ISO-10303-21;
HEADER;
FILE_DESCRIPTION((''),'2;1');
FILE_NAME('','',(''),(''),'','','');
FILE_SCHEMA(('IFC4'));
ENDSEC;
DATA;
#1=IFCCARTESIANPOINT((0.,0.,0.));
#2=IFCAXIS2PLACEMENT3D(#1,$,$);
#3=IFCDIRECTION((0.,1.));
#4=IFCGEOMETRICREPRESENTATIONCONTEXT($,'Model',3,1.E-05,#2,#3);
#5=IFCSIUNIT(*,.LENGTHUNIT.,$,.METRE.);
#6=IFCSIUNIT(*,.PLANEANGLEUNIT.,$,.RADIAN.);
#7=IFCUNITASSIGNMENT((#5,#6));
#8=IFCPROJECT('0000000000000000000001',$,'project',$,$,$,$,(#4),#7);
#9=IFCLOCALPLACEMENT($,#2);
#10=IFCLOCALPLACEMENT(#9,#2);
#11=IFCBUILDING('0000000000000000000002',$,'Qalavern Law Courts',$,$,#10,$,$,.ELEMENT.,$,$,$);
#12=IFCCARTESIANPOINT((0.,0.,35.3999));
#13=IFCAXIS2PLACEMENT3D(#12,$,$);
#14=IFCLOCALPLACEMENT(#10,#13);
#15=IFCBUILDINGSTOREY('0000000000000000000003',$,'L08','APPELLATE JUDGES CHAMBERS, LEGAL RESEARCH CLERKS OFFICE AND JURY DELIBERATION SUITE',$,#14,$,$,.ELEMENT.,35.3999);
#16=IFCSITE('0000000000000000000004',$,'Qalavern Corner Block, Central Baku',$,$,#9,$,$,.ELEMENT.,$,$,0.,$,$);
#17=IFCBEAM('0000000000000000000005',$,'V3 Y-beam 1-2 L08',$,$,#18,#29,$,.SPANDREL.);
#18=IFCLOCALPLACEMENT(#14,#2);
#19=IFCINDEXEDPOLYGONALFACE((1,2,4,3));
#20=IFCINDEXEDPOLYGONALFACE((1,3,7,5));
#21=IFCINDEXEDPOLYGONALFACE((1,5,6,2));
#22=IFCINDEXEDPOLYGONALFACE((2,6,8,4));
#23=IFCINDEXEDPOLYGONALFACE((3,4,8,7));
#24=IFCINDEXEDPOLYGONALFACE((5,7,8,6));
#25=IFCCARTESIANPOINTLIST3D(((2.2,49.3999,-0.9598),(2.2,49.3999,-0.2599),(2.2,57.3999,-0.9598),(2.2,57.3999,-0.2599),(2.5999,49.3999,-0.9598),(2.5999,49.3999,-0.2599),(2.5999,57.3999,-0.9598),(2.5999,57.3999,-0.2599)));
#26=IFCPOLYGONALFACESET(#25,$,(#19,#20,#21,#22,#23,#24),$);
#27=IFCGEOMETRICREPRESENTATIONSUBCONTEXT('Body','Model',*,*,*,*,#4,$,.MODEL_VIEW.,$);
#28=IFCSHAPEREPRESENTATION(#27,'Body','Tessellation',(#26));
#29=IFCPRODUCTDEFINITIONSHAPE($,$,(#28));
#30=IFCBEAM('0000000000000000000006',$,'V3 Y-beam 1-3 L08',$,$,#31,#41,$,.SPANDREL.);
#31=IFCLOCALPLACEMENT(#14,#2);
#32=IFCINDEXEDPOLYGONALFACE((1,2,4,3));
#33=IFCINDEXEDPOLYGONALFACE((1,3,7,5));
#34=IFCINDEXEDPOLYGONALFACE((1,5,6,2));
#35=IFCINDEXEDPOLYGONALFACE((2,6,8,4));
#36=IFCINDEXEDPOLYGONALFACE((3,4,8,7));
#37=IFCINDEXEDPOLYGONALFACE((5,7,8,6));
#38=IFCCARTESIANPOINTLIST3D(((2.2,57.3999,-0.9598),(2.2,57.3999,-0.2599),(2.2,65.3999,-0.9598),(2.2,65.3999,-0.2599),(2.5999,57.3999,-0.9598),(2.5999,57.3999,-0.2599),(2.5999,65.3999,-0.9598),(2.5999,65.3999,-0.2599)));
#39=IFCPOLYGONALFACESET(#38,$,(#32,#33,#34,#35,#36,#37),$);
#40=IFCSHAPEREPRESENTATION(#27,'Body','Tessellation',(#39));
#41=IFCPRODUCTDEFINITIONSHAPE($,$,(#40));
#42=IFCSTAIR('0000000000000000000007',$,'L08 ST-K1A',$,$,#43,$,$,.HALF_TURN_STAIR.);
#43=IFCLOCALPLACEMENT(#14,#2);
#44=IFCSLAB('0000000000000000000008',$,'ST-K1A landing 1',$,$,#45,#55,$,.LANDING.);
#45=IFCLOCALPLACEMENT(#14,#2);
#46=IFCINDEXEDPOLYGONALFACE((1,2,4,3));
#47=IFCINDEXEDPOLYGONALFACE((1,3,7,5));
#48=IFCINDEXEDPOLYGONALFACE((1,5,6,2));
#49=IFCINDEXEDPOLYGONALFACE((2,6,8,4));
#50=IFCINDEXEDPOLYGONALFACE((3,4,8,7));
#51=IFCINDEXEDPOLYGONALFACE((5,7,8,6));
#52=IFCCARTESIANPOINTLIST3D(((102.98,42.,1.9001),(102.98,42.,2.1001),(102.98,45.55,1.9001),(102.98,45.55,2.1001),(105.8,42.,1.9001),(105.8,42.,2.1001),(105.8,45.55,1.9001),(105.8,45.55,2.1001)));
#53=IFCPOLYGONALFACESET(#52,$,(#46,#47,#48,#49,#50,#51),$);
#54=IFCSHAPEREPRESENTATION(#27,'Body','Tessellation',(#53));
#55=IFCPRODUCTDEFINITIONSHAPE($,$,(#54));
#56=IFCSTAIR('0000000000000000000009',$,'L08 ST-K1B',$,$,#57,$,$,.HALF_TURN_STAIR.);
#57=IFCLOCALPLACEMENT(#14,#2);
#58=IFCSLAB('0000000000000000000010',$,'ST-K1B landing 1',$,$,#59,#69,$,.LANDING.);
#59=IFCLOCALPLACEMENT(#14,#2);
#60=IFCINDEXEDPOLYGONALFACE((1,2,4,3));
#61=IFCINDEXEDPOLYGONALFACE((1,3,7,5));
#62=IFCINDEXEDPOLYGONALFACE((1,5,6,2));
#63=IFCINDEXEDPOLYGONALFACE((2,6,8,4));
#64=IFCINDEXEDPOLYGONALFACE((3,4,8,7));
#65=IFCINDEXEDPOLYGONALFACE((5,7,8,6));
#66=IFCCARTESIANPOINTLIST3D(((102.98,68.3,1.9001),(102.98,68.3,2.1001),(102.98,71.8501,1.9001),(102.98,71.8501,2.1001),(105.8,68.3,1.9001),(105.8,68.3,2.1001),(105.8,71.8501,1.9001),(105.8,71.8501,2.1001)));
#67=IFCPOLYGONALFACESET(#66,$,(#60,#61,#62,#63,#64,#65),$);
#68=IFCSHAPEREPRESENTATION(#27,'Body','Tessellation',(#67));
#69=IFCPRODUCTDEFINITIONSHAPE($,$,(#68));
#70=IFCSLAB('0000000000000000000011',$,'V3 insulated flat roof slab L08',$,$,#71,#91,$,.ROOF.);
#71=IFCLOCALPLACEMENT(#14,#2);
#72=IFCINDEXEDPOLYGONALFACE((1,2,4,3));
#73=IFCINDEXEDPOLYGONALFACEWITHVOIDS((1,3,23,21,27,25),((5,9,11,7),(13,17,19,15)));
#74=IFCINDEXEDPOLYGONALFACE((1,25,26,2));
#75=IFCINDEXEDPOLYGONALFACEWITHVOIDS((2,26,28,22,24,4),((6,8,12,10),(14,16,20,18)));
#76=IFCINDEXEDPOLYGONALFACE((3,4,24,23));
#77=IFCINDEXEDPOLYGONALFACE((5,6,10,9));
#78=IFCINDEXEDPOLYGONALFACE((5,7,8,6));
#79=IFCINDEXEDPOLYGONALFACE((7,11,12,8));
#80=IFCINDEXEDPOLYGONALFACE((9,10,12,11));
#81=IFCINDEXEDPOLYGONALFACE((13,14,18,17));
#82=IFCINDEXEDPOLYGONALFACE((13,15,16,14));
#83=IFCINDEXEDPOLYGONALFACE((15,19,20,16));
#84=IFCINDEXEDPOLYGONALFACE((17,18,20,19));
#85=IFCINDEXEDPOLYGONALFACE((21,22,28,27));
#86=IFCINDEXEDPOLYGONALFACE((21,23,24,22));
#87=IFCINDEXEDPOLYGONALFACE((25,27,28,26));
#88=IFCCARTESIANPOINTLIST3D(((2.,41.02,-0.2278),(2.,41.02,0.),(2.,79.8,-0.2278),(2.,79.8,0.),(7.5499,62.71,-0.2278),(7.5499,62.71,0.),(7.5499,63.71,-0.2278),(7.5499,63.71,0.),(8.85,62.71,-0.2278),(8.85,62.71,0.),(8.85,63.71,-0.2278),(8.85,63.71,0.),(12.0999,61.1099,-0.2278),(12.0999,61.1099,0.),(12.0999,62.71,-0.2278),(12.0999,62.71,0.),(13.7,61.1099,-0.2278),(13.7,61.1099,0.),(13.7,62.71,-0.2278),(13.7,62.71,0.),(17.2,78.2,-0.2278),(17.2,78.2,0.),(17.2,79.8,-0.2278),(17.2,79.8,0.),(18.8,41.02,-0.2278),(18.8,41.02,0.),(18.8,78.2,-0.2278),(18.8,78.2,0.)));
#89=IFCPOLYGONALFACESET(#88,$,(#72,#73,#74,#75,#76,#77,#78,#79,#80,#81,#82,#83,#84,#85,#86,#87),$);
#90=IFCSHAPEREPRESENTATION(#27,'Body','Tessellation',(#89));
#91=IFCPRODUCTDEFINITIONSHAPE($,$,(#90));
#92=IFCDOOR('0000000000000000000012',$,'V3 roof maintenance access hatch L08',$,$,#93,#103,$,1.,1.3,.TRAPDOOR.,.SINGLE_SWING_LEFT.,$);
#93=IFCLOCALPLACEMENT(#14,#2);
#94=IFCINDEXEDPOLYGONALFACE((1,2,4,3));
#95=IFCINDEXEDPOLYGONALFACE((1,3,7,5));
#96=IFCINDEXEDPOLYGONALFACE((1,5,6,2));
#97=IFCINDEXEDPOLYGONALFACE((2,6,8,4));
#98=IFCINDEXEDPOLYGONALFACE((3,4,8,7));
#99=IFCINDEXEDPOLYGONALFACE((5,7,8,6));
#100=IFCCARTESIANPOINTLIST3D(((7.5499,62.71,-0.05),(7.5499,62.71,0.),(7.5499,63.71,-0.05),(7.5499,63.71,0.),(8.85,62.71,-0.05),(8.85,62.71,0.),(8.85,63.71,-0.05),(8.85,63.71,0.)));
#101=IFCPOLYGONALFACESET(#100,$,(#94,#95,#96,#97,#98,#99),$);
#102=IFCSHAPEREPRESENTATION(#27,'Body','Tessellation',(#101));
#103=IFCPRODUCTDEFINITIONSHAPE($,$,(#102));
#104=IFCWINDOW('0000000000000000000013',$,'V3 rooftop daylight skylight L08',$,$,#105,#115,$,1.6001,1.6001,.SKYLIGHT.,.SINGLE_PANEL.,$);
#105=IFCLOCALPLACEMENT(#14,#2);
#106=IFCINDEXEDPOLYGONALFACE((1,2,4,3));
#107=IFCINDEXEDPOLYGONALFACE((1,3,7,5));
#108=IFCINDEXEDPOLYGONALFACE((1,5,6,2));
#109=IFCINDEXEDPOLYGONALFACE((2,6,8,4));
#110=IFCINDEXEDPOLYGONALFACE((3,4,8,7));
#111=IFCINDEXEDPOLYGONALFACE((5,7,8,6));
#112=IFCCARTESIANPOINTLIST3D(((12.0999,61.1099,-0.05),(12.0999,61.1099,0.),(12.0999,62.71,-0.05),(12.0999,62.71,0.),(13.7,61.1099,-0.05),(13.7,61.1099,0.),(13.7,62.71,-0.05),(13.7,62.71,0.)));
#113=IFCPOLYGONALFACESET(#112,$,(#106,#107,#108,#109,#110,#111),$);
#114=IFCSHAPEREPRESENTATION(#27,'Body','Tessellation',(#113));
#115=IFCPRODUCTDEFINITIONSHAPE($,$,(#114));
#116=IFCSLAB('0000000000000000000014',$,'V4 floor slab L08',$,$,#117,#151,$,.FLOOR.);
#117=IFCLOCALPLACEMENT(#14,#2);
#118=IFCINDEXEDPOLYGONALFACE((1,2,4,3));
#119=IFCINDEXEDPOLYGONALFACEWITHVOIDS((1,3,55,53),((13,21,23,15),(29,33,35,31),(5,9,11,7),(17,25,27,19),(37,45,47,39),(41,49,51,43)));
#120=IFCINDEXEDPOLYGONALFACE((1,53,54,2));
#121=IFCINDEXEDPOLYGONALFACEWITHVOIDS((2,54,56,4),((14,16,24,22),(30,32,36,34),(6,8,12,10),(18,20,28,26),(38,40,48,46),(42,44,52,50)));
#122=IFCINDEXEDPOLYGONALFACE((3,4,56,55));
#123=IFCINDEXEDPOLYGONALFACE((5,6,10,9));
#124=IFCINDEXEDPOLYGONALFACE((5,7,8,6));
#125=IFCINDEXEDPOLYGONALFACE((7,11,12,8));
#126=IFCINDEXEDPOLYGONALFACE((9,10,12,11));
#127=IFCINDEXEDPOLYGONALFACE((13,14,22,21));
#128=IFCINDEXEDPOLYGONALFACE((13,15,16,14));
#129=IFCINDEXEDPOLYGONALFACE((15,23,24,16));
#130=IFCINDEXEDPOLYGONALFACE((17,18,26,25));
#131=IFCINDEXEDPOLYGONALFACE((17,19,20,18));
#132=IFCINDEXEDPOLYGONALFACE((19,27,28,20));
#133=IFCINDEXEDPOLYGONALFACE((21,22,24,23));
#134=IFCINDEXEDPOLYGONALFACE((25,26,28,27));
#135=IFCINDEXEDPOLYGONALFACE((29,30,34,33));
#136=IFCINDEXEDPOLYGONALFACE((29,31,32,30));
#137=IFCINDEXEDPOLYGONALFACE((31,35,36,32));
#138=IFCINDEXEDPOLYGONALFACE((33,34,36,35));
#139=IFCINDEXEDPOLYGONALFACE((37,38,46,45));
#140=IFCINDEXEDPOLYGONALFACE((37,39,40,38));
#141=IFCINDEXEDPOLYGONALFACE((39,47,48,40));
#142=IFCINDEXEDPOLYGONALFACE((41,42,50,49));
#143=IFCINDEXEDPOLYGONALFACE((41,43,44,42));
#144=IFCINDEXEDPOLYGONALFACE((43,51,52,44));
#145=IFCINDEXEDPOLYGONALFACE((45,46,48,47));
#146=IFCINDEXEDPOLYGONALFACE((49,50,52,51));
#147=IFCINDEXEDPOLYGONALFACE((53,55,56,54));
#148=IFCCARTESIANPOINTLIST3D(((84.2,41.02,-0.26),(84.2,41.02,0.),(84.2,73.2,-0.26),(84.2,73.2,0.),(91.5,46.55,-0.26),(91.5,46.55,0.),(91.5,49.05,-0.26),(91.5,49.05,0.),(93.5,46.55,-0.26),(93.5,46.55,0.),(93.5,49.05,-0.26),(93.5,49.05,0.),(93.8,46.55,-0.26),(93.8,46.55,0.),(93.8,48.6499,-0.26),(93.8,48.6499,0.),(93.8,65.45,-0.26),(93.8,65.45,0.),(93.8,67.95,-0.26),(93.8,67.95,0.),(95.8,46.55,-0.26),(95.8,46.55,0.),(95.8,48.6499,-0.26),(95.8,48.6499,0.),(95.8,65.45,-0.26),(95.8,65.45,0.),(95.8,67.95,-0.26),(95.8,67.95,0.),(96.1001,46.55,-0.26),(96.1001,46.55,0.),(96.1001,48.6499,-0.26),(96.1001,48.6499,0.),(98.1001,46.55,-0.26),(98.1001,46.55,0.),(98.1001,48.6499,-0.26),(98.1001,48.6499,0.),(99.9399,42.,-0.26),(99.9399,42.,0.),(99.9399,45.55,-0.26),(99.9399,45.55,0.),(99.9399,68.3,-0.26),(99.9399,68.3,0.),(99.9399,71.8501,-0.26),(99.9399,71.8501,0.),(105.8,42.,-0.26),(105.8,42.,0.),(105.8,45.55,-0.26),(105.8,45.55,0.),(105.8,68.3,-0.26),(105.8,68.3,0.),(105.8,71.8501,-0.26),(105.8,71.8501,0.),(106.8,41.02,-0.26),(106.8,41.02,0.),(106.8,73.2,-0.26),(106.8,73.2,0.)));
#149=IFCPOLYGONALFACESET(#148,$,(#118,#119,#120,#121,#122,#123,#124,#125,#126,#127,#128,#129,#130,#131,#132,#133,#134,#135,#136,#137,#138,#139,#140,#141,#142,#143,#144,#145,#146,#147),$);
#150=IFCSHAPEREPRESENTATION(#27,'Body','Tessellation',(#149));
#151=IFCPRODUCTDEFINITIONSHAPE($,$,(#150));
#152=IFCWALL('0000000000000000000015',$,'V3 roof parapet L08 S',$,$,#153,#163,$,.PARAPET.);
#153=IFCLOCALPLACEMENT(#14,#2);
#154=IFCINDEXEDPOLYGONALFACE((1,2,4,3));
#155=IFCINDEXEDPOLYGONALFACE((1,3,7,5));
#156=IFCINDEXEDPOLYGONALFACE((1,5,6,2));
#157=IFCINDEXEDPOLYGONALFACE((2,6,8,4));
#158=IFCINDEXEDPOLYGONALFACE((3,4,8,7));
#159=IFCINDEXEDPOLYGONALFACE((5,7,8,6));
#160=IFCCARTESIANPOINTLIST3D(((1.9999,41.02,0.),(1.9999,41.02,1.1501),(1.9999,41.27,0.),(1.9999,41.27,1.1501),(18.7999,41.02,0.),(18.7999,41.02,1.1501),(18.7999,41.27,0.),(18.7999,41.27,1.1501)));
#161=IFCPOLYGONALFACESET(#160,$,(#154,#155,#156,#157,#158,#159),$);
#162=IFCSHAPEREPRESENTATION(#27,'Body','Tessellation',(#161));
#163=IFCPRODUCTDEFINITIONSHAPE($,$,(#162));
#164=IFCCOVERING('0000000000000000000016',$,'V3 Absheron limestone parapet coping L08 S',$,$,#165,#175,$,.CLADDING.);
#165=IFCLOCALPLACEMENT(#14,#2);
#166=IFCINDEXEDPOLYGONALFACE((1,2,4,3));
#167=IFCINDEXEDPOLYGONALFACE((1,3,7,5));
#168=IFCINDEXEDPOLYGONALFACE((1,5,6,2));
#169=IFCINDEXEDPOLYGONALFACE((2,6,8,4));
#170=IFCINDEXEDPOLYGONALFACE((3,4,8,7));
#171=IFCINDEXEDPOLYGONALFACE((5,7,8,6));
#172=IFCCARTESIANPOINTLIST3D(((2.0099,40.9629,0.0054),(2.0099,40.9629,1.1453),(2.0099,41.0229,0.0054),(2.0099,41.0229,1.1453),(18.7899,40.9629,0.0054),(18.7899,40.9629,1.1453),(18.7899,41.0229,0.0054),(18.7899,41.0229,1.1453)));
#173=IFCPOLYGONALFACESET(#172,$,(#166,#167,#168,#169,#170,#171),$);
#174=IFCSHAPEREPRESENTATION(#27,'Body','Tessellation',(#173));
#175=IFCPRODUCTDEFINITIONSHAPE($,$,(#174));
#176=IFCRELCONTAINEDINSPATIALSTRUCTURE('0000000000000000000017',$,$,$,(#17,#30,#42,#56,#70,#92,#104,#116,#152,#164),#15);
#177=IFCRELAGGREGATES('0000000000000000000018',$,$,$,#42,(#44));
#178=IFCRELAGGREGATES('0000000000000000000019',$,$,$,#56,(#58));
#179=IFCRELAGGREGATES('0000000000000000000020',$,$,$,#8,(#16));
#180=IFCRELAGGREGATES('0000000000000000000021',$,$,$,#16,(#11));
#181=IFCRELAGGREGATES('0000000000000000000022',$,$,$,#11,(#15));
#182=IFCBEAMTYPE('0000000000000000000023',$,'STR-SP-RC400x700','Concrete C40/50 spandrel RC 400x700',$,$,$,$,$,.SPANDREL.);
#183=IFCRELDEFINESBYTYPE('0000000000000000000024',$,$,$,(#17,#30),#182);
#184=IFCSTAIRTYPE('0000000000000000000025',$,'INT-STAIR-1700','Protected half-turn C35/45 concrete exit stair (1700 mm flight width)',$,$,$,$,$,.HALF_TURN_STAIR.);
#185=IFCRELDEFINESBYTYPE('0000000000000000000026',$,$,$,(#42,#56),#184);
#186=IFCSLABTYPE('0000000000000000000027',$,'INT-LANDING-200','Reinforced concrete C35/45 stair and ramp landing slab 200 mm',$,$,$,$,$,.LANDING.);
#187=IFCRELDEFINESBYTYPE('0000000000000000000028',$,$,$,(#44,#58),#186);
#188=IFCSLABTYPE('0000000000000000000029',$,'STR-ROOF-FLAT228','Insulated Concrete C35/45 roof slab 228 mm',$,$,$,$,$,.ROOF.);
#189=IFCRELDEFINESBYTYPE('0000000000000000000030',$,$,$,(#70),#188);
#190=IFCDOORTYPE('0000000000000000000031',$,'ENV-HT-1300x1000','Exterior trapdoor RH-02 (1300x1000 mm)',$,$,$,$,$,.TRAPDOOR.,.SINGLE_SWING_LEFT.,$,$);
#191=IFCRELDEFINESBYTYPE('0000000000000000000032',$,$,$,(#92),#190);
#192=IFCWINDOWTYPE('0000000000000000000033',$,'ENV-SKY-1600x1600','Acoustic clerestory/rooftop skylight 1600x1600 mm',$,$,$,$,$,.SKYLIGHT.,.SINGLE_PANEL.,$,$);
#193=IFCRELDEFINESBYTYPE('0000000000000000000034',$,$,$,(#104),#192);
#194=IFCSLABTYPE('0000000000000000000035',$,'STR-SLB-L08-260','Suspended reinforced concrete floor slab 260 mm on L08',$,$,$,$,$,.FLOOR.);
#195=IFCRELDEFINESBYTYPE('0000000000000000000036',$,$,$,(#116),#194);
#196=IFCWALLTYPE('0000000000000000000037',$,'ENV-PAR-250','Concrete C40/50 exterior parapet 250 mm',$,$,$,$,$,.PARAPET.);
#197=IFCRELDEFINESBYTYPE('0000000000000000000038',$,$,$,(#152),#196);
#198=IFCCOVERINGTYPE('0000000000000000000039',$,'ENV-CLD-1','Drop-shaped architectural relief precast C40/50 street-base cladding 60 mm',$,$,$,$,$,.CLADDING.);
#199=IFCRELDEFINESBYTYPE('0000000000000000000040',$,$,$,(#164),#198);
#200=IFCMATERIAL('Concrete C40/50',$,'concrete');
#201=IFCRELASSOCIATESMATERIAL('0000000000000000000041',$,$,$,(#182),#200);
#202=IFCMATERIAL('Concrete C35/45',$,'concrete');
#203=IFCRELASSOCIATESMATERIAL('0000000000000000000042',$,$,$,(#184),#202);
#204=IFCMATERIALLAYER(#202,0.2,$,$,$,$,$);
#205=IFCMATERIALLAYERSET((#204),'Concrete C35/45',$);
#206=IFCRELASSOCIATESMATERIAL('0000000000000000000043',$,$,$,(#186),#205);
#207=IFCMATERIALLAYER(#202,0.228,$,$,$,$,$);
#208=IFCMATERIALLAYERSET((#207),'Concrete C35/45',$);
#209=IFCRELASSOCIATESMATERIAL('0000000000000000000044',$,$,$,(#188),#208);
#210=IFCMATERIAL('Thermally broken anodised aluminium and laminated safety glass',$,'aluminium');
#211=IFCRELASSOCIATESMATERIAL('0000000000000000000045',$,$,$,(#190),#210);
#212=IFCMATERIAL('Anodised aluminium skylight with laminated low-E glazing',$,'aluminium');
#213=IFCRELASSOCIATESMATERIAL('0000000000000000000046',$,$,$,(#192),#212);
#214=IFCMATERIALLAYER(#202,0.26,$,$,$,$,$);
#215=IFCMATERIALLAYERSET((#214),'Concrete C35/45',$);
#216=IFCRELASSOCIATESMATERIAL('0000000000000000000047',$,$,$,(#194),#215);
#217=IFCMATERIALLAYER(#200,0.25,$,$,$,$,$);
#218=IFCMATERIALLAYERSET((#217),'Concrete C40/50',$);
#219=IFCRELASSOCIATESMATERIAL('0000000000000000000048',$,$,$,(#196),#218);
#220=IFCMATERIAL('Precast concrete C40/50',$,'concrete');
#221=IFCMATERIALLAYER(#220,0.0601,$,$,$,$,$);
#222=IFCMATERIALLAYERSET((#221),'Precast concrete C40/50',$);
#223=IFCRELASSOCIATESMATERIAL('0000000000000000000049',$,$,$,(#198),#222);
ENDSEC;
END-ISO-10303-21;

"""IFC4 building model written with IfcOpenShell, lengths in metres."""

from ifc_helpers import new_model, si_unit, direction, frame, frame_2d, origin, origin_2d, place, context, subcontext, project, spatial, polyline, rectangle, outline, extrude, material, layer, layer_set, material_profile, profile_set, type_object, element, fill, aggregate, save


model = new_model("IFC4")

# Units and contexts
model_context = context("Model", 3, precision=1e-05, world=origin(), true_north=direction((0.0, 1.0)))
body_context = subcontext(model_context, "Body", "Model", "MODEL_VIEW")
ifc_project = project(units=[si_unit("LENGTHUNIT", "METRE"), si_unit("PLANEANGLEUNIT", "RADIAN")], contexts=[model_context])

# Site, building, storey
site_placement = place(None, origin())
site = spatial("IfcSite", under=ifc_project, at=site_placement, Name="Qalavern Corner Block, Central Baku", CompositionType="ELEMENT", RefElevation=0.0)
building_placement = place(site_placement, origin())
building = spatial("IfcBuilding", under=site, at=building_placement, Name="Qalavern Law Courts", CompositionType="ELEMENT")
storey_placement = place(building_placement, frame((0.0, 0.0, 35.3999)))
storey = spatial("IfcBuildingStorey", under=building, at=storey_placement, Name="L08", Description="APPELLATE JUDGES CHAMBERS, LEGAL RESEARCH CLERKS OFFICE AND JURY DELIBERATION SUITE", CompositionType="ELEMENT", Elevation=35.3999)

# Beams
ifc_material_1 = material(Name="Concrete C35/45", Category="concrete")
ifc_material_2 = material(Name="Concrete C40/50", Category="concrete")
ifc_material_profile_1 = material_profile(ifc_material_2, rectangle(XDim=0.3999, YDim=0.7, at=origin_2d()), Name="RC 400x700")
ifc_profile_set_1 = profile_set([ifc_material_profile_1], Name="Concrete C40/50")
beam_type_1 = type_object("IfcBeamType", Name="STR-SP-RC400x700", Description="Concrete C40/50 spandrel RC 400x700", PredefinedType="SPANDREL", material=ifc_profile_set_1)
for number, where, z_axis, x_axis, name in (
    (1, (2.3999, 49.3999, -0.6099), (0.0, 1.0, 0.0), (-1.0, 0.0, 0.0), "V3 Y-beam 1-2 L08"),
    (2, (2.3999, 57.3999, -0.6099), (0.0, 1.0, 0.0), (-1.0, 0.0, 0.0), "V3 Y-beam 1-3 L08"),
):
    element("IfcBeam", number, at=place(storey_placement, frame(where, z_axis=z_axis, x_axis=x_axis)), inside=storey, type_object=beam_type_1, Name=name, PredefinedType="SPANDREL", context=body_context, shape_type="SweptSolid", body=[
        extrude(rectangle(XDim=0.3999, YDim=0.7, at=origin_2d()), origin(), (0.0, 0.0, 1.0), 8.0),
    ])

# Stairs, slabs
stair_type = type_object("IfcStairType", Name="INT-STAIR-1700", Description="Protected half-turn C35/45 concrete exit stair (1700 mm flight width)", PredefinedType="HALF_TURN_STAIR", material=ifc_material_1)
stair_1_placement = place(storey_placement, origin())
stair_1 = element("IfcStair", 3, at=stair_1_placement, inside=storey, type_object=stair_type, Name="L08 ST-K1A", PredefinedType="HALF_TURN_STAIR")
ifc_layer_1 = layer(ifc_material_1, 0.2)
ifc_layer_set_1 = layer_set([ifc_layer_1], Name="Concrete C35/45")
slab_type_1 = type_object("IfcSlabType", Name="INT-LANDING-200", Description="Reinforced concrete C35/45 stair and ramp landing slab 200 mm", PredefinedType="LANDING", material=ifc_layer_set_1)
slab_1_placement = place(storey_placement, frame((0.0, 0.0, 1.9001)))
slab_1 = element("IfcSlab", 4, at=slab_1_placement, type_object=slab_type_1, Name="ST-K1A landing 1", PredefinedType="LANDING", context=body_context, shape_type="SweptSolid", body=[
    extrude(outline(polyline([(102.98, 42.0), (105.8, 42.0), (105.8, 45.55), (102.98, 45.55), (102.98, 42.0)])), origin(), (0.0, 0.0, 1.0), 0.2),
])
aggregate(stair_1, [slab_1])
stair_2_placement = place(storey_placement, origin())
stair_2 = element("IfcStair", 5, at=stair_2_placement, inside=storey, type_object=stair_type, Name="L08 ST-K1B", PredefinedType="HALF_TURN_STAIR")
slab_2_placement = place(storey_placement, frame((0.0, 0.0, 1.9001)))
slab_2 = element("IfcSlab", 6, at=slab_2_placement, type_object=slab_type_1, Name="ST-K1B landing 1", PredefinedType="LANDING", context=body_context, shape_type="SweptSolid", body=[
    extrude(outline(polyline([(102.98, 68.3), (105.8, 68.3), (105.8, 71.8501), (102.98, 71.8501), (102.98, 68.3)])), origin(), (0.0, 0.0, 1.0), 0.2),
])
aggregate(stair_2, [slab_2])

# Slab, openings, door, window
ifc_layer_2 = layer(ifc_material_1, 0.228)
ifc_layer_set_2 = layer_set([ifc_layer_2], Name="Concrete C35/45")
slab_type_2 = type_object("IfcSlabType", Name="STR-ROOF-FLAT228", Description="Insulated Concrete C35/45 roof slab 228 mm", PredefinedType="ROOF", material=ifc_layer_set_2)
slab_3_placement = place(storey_placement, frame((0.0, 0.0, -0.2278)))
slab_3 = element("IfcSlab", 7, at=slab_3_placement, inside=storey, type_object=slab_type_2, Name="V3 insulated flat roof slab L08", PredefinedType="ROOF", context=body_context, shape_type="SweptSolid", body=[
    extrude(outline(polyline([(2.0, 41.02), (18.8, 41.02), (18.8, 78.2), (17.2, 78.2), (17.2, 79.8), (2.0, 79.8), (2.0, 41.02)])), origin(), (0.0, 0.0, 1.0), 0.2278),
])
opening_1_placement = place(slab_3_placement, frame((8.2, 63.21, 0.0)))
opening_1 = element("IfcOpeningElement", 8, at=opening_1_placement, cuts=slab_3, PredefinedType="OPENING", context=body_context, shape_type="SweptSolid", body=[
    extrude(rectangle(XDim=1.3, YDim=1.0, at=origin_2d()), frame((0.0, 0.0, -0.0149)), (0.0, 0.0, 1.0), 0.2576),
])
opening_2_placement = place(slab_3_placement, frame((12.8999, 61.9099, 0.0)))
opening_2 = element("IfcOpeningElement", 9, at=opening_2_placement, cuts=slab_3, PredefinedType="OPENING", context=body_context, shape_type="SweptSolid", body=[
    extrude(rectangle(XDim=1.6001, YDim=1.6001, at=origin_2d()), frame((0.0, 0.0, -0.0149)), (0.0, 0.0, 1.0), 0.2576),
])
ifc_material_3 = material(Name="Thermally broken anodised aluminium and laminated safety glass", Category="aluminium")
door_type = type_object("IfcDoorType", Name="ENV-HT-1300x1000", Description="Exterior trapdoor RH-02 (1300x1000 mm)", OperationType="SINGLE_SWING_LEFT", PredefinedType="TRAPDOOR", material=ifc_material_3)
door_placement = place(opening_1_placement, frame((0.0, 0.0, 0.1777)))
door = element("IfcDoor", 10, at=door_placement, inside=storey, type_object=door_type, Name="V3 roof maintenance access hatch L08", OperationType="SINGLE_SWING_LEFT", OverallHeight=1.0, OverallWidth=1.3, PredefinedType="TRAPDOOR", context=body_context, shape_type="SweptSolid", body=[
    extrude(rectangle(XDim=1.3, YDim=1.0, at=origin_2d()), origin(), (0.0, 0.0, 1.0), 0.05),
])
fill(opening_1, door)
ifc_material_4 = material(Name="Anodised aluminium skylight with laminated low-E glazing", Category="aluminium")
window_type = type_object("IfcWindowType", Name="ENV-SKY-1600x1600", Description="Acoustic clerestory/rooftop skylight 1600x1600 mm", PartitioningType="SINGLE_PANEL", PredefinedType="SKYLIGHT", material=ifc_material_4)
window_placement = place(opening_2_placement, frame((0.0, 0.0, 0.1777)))
window = element("IfcWindow", 11, at=window_placement, inside=storey, type_object=window_type, Name="V3 rooftop daylight skylight L08", OverallHeight=1.6001, OverallWidth=1.6001, PartitioningType="SINGLE_PANEL", PredefinedType="SKYLIGHT", context=body_context, shape_type="SweptSolid", body=[
    extrude(rectangle(XDim=1.6001, YDim=1.6001, at=origin_2d()), origin(), (0.0, 0.0, 1.0), 0.05),
])
fill(opening_2, window)

# Slab
ifc_layer_3 = layer(ifc_material_1, 0.26)
ifc_layer_set_3 = layer_set([ifc_layer_3], Name="Concrete C35/45")
slab_type_3 = type_object("IfcSlabType", Name="STR-SLB-L08-260", Description="Suspended reinforced concrete floor slab 260 mm on L08", PredefinedType="FLOOR", material=ifc_layer_set_3)
slab_4_placement = place(storey_placement, frame((0.0, 0.0, -0.26)))
element("IfcSlab", 12, at=slab_4_placement, inside=storey, type_object=slab_type_3, Name="V4 floor slab L08", PredefinedType="FLOOR", context=body_context, shape_type="SweptSolid", body=[
    extrude(outline(polyline([(84.2, 41.02), (106.8, 41.02), (106.8, 73.2), (84.2, 73.2), (84.2, 41.02)]), holes=[polyline([(99.9399, 42.0), (105.8, 42.0), (105.8, 45.55), (99.9399, 45.55), (99.9399, 42.0)]), polyline([(91.5, 46.55), (93.5, 46.55), (93.5, 49.05), (91.5, 49.05), (91.5, 46.55)]), polyline([(93.8, 46.55), (95.8, 46.55), (95.8, 48.6499), (93.8, 48.6499), (93.8, 46.55)]), polyline([(96.1001, 46.55), (98.1001, 46.55), (98.1001, 48.6499), (96.1001, 48.6499), (96.1001, 46.55)]), polyline([(99.9399, 68.3), (105.8, 68.3), (105.8, 71.8501), (99.9399, 71.8501), (99.9399, 68.3)]), polyline([(93.8, 65.45), (95.8, 65.45), (95.8, 67.95), (93.8, 67.95), (93.8, 65.45)])]), origin(), (0.0, 0.0, 1.0), 0.26),
])

# Wall
ifc_layer_4 = layer(ifc_material_2, 0.25)
ifc_layer_set_4 = layer_set([ifc_layer_4], Name="Concrete C40/50")
wall_type = type_object("IfcWallType", Name="ENV-PAR-250", Description="Concrete C40/50 exterior parapet 250 mm", PredefinedType="PARAPET", material=ifc_layer_set_4)
wall_placement = place(storey_placement, frame((2.0, 41.145, 0.0), z_axis=(0.0, 0.0, 1.0), x_axis=(1.0, 0.0, 0.0)))
element("IfcWall", 13, at=wall_placement, inside=storey, type_object=wall_type, Name="V3 roof parapet L08 S", PredefinedType="PARAPET", context=body_context, shape_type="SweptSolid", body=[
    extrude(rectangle(XDim=16.8, YDim=0.25, at=frame_2d((8.3999, 0.0))), origin(), (0.0, 0.0, 1.0), 1.1501),
])

# Covering
ifc_material_5 = material(Name="Precast concrete C40/50", Category="concrete")
ifc_layer_5 = layer(ifc_material_5, 0.0601)
ifc_layer_set_5 = layer_set([ifc_layer_5], Name="Precast concrete C40/50")
covering_type_1 = type_object("IfcCoveringType", Name="ENV-CLD-1", Description="Drop-shaped architectural relief precast C40/50 street-base cladding 60 mm", PredefinedType="CLADDING", material=ifc_layer_set_5)
covering_1_placement = place(storey_placement, frame((10.3999, 40.9929, 0.0054), z_axis=(0.0, 0.0, 1.0), x_axis=(1.0, 0.0, 0.0)))
element("IfcCovering", 14, at=covering_1_placement, inside=storey, type_object=covering_type_1, Name="V3 Absheron limestone parapet coping L08 S", PredefinedType="CLADDING", context=body_context, shape_type="SweptSolid", body=[
    extrude(rectangle(XDim=16.78, YDim=0.0601, at=origin_2d()), origin(), (0.0, 0.0, 1.0), 1.1399),
])

save(model, "model.ifc")
